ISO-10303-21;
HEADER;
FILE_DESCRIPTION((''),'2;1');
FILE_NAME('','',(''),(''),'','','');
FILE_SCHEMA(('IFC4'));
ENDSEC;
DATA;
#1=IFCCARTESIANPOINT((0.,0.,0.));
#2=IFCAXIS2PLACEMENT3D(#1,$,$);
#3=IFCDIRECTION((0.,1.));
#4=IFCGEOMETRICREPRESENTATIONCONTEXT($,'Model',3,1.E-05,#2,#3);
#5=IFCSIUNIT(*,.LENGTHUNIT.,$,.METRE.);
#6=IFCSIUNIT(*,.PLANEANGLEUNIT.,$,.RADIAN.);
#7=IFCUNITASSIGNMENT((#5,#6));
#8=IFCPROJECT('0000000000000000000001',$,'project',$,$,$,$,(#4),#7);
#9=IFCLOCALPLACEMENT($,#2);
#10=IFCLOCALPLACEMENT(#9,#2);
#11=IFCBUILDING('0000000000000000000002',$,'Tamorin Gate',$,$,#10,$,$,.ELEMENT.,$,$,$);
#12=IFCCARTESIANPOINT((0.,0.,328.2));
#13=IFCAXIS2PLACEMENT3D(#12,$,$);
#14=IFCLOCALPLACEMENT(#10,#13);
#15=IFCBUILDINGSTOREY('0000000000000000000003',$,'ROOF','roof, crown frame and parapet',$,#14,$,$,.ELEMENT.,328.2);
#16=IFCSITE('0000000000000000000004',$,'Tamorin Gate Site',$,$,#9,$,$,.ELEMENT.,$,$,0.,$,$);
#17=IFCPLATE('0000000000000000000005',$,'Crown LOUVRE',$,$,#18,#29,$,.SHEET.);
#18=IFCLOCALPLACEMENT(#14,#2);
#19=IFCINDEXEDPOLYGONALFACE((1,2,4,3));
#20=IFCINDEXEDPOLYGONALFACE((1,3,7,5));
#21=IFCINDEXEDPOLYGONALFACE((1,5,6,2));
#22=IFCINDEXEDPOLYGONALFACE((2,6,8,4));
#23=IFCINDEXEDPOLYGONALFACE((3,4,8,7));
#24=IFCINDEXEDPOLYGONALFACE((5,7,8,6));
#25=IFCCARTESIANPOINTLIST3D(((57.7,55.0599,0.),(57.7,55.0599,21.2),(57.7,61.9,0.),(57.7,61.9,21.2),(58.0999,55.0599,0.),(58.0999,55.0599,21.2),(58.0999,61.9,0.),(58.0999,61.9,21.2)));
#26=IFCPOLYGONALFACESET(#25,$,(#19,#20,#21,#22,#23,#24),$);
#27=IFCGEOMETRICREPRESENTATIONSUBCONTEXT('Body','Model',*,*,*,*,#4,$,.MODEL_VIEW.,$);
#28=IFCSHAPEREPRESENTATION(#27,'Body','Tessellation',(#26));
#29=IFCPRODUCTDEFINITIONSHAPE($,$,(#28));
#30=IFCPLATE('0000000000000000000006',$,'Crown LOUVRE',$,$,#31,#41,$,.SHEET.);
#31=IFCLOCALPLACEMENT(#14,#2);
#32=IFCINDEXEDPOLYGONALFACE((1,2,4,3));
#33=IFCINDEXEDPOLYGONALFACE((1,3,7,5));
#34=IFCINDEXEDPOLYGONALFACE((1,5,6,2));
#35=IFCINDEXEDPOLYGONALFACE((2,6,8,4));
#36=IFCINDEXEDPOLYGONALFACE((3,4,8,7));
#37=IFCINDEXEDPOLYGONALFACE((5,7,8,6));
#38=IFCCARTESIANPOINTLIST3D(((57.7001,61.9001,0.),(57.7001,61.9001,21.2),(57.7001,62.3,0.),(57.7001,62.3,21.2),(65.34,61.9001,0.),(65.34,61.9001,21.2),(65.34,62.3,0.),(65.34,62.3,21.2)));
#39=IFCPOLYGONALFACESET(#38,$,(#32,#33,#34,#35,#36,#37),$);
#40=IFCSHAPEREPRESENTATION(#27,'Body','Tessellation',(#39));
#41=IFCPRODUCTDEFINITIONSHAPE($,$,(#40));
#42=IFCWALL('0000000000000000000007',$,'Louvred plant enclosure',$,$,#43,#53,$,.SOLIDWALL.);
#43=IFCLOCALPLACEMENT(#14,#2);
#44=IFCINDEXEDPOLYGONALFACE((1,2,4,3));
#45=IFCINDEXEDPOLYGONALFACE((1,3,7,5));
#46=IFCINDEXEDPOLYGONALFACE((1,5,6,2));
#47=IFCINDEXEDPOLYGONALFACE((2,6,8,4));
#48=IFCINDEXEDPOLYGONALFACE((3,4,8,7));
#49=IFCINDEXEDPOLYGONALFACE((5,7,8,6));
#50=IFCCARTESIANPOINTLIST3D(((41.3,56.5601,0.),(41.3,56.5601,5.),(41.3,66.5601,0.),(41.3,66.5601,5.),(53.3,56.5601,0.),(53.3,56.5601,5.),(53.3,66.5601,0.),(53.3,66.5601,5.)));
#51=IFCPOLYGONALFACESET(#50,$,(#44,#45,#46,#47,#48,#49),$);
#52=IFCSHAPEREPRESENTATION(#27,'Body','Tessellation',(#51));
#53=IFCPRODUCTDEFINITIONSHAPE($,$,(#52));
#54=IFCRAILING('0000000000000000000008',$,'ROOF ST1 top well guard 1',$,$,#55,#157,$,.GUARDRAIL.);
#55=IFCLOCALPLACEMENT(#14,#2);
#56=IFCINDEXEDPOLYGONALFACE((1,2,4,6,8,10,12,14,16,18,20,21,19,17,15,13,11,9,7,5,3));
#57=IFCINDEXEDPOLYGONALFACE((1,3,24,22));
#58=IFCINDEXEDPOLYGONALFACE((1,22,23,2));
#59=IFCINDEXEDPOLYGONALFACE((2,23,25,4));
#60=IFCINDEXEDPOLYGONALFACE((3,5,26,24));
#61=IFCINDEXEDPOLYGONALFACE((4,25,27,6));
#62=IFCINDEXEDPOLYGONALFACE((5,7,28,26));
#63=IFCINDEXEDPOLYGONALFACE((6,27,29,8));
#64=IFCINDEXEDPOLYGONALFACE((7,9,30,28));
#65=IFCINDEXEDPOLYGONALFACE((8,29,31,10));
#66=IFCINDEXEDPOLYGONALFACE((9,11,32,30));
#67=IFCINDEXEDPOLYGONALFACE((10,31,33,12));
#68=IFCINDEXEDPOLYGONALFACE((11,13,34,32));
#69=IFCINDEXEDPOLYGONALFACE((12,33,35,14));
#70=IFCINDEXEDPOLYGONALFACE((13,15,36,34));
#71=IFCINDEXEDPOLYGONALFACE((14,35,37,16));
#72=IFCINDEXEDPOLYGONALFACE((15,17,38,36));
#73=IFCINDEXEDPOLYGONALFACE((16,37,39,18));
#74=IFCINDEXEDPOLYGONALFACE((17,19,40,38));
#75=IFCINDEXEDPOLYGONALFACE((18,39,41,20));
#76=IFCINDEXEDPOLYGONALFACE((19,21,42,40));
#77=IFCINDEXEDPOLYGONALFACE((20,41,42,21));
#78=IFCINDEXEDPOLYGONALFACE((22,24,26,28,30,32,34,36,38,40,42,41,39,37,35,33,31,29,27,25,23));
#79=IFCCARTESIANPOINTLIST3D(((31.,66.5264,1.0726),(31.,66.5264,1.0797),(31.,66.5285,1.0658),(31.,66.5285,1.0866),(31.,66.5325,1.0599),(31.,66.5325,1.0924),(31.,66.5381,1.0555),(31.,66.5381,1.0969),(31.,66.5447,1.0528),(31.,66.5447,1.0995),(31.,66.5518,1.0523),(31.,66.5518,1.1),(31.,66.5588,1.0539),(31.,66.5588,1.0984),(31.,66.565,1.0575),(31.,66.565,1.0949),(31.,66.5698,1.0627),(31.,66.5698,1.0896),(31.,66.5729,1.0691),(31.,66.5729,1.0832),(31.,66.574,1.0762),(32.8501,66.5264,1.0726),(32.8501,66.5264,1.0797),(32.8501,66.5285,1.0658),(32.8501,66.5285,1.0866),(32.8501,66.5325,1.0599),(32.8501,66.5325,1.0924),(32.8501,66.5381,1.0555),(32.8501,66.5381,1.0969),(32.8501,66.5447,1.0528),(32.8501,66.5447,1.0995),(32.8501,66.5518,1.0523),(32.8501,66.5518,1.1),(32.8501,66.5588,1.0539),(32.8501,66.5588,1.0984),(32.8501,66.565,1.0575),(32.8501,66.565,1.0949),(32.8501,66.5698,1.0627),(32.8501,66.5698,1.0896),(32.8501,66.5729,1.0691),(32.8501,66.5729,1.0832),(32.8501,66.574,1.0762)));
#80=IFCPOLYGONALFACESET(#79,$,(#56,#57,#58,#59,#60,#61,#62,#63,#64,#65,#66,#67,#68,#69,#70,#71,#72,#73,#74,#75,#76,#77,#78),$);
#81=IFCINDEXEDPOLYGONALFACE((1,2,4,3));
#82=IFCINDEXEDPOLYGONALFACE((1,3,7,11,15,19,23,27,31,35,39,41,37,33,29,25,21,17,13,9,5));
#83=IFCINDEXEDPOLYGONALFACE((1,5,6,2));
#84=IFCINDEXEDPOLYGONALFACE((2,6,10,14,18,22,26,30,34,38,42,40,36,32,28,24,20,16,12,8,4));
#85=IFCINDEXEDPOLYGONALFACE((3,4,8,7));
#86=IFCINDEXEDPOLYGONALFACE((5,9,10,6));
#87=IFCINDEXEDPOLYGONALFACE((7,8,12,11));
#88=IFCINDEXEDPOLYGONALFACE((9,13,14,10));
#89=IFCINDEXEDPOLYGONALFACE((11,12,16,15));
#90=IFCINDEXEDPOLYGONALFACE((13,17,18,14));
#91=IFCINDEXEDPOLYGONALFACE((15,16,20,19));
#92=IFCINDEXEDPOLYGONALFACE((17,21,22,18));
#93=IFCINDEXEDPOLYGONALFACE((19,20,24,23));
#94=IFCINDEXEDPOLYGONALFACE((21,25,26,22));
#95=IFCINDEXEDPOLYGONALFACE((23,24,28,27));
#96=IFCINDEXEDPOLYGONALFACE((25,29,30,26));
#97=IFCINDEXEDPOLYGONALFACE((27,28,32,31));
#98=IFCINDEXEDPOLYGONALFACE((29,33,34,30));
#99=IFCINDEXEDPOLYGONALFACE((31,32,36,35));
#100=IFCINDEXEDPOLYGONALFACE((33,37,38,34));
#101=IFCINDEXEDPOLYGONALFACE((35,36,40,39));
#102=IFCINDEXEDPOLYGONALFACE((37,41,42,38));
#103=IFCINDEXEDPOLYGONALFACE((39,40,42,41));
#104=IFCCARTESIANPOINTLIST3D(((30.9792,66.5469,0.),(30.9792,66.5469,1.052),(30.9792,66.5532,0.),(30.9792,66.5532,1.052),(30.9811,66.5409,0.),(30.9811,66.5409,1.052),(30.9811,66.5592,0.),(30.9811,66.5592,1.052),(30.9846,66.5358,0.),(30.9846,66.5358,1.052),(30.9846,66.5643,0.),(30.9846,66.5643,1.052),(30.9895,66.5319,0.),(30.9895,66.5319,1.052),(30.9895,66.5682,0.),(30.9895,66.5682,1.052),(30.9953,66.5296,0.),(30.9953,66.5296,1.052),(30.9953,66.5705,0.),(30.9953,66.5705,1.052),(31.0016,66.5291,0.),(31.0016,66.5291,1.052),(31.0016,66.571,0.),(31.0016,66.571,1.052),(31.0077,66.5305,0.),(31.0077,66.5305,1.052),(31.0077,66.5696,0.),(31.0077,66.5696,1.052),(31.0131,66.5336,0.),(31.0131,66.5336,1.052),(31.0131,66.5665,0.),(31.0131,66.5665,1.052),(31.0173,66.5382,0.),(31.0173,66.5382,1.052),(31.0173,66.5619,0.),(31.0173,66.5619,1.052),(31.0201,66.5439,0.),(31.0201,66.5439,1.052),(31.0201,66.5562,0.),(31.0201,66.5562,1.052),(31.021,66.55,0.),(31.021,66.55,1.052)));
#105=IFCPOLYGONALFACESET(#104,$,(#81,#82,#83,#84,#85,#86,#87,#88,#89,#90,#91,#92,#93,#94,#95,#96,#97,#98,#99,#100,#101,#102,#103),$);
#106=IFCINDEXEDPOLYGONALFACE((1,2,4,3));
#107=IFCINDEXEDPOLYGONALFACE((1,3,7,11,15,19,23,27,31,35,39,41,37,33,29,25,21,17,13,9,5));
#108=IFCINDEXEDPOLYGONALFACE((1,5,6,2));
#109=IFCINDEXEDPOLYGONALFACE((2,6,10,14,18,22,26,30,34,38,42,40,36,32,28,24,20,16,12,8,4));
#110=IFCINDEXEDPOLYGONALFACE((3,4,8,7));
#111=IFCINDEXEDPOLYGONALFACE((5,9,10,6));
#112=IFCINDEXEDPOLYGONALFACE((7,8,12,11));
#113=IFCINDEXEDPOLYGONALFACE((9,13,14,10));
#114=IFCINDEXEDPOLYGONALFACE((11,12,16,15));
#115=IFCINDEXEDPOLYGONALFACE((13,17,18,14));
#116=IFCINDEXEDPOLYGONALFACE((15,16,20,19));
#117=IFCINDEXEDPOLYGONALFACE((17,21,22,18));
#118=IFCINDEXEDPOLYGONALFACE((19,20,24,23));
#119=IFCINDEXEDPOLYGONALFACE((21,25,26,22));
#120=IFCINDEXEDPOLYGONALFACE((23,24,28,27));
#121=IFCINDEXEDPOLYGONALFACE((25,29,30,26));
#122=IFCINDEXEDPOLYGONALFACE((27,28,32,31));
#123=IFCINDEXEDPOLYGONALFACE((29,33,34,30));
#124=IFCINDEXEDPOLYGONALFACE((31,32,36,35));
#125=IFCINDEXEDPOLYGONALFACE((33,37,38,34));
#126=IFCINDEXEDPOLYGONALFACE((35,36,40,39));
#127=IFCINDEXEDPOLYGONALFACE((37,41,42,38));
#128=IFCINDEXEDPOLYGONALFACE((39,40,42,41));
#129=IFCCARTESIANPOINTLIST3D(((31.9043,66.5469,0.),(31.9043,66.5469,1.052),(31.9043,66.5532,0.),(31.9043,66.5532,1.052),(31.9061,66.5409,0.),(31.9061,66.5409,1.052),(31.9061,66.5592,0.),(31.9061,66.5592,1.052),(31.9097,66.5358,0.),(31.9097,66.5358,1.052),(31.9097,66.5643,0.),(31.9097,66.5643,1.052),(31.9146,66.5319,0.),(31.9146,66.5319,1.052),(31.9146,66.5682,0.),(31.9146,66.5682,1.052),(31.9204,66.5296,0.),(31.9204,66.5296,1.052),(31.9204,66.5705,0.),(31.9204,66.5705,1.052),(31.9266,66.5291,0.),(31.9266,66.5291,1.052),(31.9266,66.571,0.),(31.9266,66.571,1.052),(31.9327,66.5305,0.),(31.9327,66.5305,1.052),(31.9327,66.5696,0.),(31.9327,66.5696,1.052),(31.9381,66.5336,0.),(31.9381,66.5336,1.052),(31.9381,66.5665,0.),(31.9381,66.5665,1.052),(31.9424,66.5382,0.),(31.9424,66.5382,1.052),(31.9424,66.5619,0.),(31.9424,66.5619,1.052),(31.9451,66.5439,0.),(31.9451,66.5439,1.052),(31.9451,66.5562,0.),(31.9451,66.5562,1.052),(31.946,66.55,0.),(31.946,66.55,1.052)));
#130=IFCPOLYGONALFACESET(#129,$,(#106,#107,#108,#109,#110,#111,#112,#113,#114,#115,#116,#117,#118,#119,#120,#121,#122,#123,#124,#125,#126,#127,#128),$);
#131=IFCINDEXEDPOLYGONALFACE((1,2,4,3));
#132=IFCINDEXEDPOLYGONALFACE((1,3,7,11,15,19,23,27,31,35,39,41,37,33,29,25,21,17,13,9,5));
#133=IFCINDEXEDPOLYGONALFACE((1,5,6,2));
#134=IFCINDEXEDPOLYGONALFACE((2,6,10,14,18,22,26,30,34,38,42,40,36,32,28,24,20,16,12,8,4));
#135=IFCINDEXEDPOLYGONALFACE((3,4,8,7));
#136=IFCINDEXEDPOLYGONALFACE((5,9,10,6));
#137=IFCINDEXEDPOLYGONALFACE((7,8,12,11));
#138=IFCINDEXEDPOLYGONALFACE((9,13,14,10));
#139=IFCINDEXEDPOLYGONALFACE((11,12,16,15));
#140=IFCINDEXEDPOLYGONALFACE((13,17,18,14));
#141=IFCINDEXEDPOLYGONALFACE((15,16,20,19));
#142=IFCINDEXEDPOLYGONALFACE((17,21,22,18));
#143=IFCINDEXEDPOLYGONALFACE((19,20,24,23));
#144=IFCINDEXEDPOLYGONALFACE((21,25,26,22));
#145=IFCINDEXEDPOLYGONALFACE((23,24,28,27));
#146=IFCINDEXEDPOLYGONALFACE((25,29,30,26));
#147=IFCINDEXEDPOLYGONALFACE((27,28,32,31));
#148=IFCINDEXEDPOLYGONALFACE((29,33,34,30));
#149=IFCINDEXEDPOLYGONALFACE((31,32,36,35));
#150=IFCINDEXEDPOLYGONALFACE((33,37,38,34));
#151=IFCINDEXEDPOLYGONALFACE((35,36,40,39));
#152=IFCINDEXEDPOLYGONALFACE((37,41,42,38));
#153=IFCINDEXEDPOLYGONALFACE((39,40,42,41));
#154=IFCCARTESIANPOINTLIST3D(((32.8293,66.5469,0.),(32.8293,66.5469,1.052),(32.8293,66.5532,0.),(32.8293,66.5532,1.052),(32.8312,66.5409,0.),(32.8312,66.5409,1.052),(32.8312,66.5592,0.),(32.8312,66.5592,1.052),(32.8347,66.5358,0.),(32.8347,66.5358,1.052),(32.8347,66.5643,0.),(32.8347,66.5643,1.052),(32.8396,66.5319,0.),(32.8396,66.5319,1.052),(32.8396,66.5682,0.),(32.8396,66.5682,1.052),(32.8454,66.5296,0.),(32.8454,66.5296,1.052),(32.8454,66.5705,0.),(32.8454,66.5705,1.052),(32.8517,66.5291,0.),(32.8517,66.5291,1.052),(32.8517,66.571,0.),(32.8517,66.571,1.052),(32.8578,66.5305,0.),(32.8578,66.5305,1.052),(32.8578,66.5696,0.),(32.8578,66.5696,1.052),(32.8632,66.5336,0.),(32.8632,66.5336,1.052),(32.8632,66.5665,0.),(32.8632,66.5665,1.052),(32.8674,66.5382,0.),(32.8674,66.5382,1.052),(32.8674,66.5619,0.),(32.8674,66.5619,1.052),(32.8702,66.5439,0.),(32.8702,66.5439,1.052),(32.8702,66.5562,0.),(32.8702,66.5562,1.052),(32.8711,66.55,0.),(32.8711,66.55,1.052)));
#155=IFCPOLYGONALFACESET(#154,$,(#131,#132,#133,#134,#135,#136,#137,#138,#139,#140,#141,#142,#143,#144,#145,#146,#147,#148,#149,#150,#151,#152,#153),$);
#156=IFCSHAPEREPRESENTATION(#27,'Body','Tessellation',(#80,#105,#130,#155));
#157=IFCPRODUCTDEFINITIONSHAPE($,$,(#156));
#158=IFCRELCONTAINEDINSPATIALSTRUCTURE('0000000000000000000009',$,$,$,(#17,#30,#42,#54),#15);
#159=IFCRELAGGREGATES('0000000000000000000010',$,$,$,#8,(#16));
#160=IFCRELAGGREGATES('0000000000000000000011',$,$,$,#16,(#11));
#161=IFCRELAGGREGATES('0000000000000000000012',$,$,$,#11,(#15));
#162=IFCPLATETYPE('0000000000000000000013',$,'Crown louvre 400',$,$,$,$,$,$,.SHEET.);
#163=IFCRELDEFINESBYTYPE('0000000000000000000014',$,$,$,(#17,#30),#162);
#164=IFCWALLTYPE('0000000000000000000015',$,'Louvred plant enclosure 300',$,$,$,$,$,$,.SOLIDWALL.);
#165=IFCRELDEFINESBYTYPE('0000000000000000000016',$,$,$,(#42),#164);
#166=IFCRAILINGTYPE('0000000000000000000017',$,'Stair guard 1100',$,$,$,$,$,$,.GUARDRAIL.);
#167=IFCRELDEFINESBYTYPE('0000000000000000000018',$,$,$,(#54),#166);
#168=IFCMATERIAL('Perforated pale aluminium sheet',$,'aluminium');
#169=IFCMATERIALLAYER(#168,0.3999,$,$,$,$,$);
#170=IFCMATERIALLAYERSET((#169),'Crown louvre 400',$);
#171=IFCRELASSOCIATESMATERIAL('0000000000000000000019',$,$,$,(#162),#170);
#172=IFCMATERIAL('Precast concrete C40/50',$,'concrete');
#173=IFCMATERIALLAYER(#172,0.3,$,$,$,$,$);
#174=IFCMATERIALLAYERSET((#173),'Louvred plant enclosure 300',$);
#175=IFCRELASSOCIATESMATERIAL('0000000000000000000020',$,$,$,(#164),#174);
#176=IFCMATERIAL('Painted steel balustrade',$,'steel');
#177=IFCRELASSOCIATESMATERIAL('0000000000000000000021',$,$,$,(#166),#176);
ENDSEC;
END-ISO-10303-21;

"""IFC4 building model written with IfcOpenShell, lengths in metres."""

from ifc_helpers import new_model, si_unit, direction, frame, frame_2d, origin, origin_2d, place, context, subcontext, project, spatial, rectangle, circle, extrude, material, layer, layer_set, type_object, element, save


model = new_model("IFC4")

# Units and contexts
model_context = context("Model", 3, precision=1e-05, world=origin(), true_north=direction((0.0, 1.0)))
body_context = subcontext(model_context, "Body", "Model", "MODEL_VIEW")
ifc_project = project(units=[si_unit("LENGTHUNIT", "METRE"), si_unit("PLANEANGLEUNIT", "RADIAN")], contexts=[model_context])

# Site, building, storey
site_placement = place(None, origin())
site = spatial("IfcSite", under=ifc_project, at=site_placement, Name="Tamorin Gate Site", CompositionType="ELEMENT", RefElevation=0.0)
building_placement = place(site_placement, origin())
building = spatial("IfcBuilding", under=site, at=building_placement, Name="Tamorin Gate", CompositionType="ELEMENT")
storey_placement = place(building_placement, frame((0.0, 0.0, 328.2)))
storey = spatial("IfcBuildingStorey", under=building, at=storey_placement, Name="ROOF", Description="roof, crown frame and parapet", CompositionType="ELEMENT", Elevation=328.2)

# Plates
ifc_material_1 = material(Name="Perforated pale aluminium sheet", Category="aluminium")
ifc_layer_1 = layer(ifc_material_1, 0.3999)
ifc_layer_set_1 = layer_set([ifc_layer_1], Name="Crown louvre 400")
plate_type_1 = type_object("IfcPlateType", Name="Crown louvre 400", PredefinedType="SHEET", material=ifc_layer_set_1)
plate_1_placement = place(storey_placement, frame((57.8999, 58.48, 0.0), z_axis=(0.0, 0.0, 1.0), x_axis=(0.0, 1.0, 0.0)))
element("IfcPlate", 1, at=plate_1_placement, inside=storey, type_object=plate_type_1, Name="Crown LOUVRE", PredefinedType="SHEET", context=body_context, shape_type="SweptSolid", body=[
    extrude(rectangle(XDim=6.8401, YDim=0.3999, at=origin_2d()), origin(), (0.0, 0.0, 1.0), 21.2),
])
plate_2_placement = place(storey_placement, frame((61.52, 62.1001, 0.0), z_axis=(0.0, 0.0, 1.0), x_axis=(1.0, 0.0, 0.0)))
element("IfcPlate", 2, at=plate_2_placement, inside=storey, type_object=plate_type_1, Name="Crown LOUVRE", PredefinedType="SHEET", context=body_context, shape_type="SweptSolid", body=[
    extrude(rectangle(XDim=7.6399, YDim=0.3999, at=origin_2d()), origin(), (0.0, 0.0, 1.0), 21.2),
])

# Wall
ifc_material_2 = material(Name="Precast concrete C40/50", Category="concrete")
ifc_layer_2 = layer(ifc_material_2, 0.3)
ifc_layer_set_2 = layer_set([ifc_layer_2], Name="Louvred plant enclosure 300")
wall_type = type_object("IfcWallType", Name="Louvred plant enclosure 300", PredefinedType="SOLIDWALL", material=ifc_layer_set_2)
wall_placement = place(storey_placement, frame((41.3, 61.5601, 0.0), z_axis=(0.0, 0.0, 1.0), x_axis=(1.0, 0.0, 0.0)))
element("IfcWall", 3, at=wall_placement, inside=storey, type_object=wall_type, Name="Louvred plant enclosure", PredefinedType="SOLIDWALL", context=body_context, shape_type="SweptSolid", body=[
    extrude(rectangle(XDim=12.0, YDim=10.0, at=frame_2d((6.0, 0.0))), origin(), (0.0, 0.0, 1.0), 5.0),
])

# Railing
ifc_material_3 = material(Name="Painted steel balustrade", Category="steel")
railing_type = type_object("IfcRailingType", Name="Stair guard 1100", PredefinedType="GUARDRAIL", material=ifc_material_3)
railing_1_placement = place(storey_placement, frame((31.0, 66.55, 0.0)))
element("IfcRailing", 4, at=railing_1_placement, inside=storey, type_object=railing_type, Name="ROOF ST1 top well guard 1", PredefinedType="GUARDRAIL", context=body_context, shape_type="SweptSolid", body=[
    extrude(circle(Radius=0.0239, at=origin_2d()), frame((0.0, 0.0, 1.0762), z_axis=(1.0, 0.0, 0.0), x_axis=(0.0, 1.0, 0.0)), (0.0, 0.0, 1.0), 1.8501),
    extrude(circle(Radius=0.021, at=origin_2d()), origin(), (0.0, 0.0, 1.0), 1.052),
    extrude(circle(Radius=0.021, at=origin_2d()), frame((0.925, 0.0, 0.0)), (0.0, 0.0, 1.0), 1.052),
    extrude(circle(Radius=0.021, at=origin_2d()), frame((1.8501, 0.0, 0.0)), (0.0, 0.0, 1.0), 1.052),
])

save(model, "model.ifc")
